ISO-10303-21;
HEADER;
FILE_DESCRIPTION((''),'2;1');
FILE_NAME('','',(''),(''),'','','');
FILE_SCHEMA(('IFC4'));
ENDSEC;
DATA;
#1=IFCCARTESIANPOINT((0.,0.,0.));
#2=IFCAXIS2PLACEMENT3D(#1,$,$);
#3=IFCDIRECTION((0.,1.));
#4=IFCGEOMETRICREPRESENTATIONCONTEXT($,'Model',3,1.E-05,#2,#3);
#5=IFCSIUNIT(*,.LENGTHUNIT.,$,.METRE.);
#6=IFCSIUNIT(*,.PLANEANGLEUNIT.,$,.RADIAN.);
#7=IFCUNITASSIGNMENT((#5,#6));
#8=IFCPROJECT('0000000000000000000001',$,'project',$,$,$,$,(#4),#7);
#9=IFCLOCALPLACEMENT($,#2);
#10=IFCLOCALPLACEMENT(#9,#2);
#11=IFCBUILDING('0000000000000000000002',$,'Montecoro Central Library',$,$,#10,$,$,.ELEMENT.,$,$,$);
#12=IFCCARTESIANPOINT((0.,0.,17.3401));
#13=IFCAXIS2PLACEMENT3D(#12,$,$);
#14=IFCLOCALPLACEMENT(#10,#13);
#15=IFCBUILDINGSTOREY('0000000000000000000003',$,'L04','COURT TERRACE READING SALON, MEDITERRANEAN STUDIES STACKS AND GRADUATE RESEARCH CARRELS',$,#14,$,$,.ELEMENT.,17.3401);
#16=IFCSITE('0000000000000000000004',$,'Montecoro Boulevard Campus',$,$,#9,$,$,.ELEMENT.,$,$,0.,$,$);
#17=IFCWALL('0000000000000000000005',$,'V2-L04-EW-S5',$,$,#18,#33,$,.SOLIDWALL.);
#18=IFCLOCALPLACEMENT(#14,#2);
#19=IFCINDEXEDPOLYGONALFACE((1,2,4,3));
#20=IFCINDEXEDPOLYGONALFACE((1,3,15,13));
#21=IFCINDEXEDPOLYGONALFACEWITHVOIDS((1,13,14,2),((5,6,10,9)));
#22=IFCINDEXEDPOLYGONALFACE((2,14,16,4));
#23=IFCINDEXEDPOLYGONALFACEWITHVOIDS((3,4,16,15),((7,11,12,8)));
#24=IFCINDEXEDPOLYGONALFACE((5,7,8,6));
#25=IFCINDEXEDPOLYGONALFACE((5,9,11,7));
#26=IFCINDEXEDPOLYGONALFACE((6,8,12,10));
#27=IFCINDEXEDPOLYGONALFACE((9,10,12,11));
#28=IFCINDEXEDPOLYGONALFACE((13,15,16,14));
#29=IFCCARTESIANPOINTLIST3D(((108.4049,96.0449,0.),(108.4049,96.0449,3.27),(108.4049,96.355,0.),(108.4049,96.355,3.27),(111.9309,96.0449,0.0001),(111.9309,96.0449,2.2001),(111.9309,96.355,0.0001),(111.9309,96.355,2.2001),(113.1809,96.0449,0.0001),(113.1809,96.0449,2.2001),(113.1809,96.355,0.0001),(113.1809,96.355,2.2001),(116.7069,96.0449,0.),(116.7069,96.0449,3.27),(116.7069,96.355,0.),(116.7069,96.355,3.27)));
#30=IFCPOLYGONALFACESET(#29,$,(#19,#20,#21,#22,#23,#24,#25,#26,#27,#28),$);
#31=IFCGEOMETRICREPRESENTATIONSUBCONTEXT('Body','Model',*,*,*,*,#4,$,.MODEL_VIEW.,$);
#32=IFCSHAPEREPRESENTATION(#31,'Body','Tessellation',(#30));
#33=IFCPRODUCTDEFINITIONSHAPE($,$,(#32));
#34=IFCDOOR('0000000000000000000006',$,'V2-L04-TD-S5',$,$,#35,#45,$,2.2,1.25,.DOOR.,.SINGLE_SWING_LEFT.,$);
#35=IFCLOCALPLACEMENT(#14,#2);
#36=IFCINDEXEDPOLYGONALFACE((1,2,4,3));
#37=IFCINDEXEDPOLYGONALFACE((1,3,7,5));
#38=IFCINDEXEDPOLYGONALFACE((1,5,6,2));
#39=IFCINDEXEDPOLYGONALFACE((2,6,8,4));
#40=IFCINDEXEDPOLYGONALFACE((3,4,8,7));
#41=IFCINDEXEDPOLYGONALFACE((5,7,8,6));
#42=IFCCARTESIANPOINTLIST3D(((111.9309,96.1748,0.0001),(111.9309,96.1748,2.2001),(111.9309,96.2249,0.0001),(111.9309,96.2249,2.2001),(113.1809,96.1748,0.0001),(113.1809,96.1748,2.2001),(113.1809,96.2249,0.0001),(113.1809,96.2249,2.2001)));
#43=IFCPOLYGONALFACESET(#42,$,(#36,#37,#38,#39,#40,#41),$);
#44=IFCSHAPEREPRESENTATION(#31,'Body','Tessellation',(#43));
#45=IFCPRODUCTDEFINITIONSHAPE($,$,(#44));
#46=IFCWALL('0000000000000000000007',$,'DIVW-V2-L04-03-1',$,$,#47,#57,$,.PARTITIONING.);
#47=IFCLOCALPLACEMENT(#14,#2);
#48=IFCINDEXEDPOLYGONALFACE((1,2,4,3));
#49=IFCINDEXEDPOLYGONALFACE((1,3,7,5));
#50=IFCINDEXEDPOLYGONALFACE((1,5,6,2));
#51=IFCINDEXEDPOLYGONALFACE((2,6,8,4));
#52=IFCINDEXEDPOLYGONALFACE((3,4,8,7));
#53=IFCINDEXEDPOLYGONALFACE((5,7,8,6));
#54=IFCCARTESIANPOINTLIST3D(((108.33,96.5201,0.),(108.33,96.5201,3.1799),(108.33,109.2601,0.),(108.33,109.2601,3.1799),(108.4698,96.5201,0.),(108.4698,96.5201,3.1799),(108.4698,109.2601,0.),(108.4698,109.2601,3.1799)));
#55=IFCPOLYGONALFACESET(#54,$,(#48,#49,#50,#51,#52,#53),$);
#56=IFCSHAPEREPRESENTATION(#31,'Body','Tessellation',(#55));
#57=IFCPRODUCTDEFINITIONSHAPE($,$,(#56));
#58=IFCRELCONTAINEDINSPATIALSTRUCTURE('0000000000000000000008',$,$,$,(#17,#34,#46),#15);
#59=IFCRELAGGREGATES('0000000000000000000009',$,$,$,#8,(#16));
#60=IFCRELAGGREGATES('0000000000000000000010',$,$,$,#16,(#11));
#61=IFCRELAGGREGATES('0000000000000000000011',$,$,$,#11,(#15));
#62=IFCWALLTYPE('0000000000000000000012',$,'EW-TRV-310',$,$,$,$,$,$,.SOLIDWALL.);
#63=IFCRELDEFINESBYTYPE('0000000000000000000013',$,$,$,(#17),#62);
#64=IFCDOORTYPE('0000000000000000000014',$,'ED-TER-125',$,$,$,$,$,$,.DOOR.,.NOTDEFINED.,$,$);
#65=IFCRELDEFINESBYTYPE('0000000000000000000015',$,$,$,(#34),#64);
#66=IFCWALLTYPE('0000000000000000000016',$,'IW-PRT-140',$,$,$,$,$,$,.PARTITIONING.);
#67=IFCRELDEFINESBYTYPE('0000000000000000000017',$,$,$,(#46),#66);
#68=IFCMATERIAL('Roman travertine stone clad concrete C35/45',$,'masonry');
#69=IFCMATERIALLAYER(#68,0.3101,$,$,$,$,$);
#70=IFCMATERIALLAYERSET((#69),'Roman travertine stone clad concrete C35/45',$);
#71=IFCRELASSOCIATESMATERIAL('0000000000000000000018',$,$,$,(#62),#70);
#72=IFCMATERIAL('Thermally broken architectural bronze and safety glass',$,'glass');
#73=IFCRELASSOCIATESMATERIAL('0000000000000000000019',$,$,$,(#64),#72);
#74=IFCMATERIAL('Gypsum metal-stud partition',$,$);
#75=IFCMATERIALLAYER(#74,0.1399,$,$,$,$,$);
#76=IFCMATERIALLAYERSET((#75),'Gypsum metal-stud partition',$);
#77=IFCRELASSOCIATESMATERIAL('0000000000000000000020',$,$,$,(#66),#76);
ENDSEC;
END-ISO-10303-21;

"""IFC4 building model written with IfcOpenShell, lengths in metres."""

from ifc_helpers import new_model, si_unit, direction, frame, frame_2d, origin, place, context, subcontext, project, spatial, rectangle, extrude, material, layer, layer_set, type_object, element, fill, save


model = new_model("IFC4")

# Units and contexts
model_context = context("Model", 3, precision=1e-05, world=origin(), true_north=direction((0.0, 1.0)))
body_context = subcontext(model_context, "Body", "Model", "MODEL_VIEW")
ifc_project = project(units=[si_unit("LENGTHUNIT", "METRE"), si_unit("PLANEANGLEUNIT", "RADIAN")], contexts=[model_context])

# Site, building, storey
site_placement = place(None, origin())
site = spatial("IfcSite", under=ifc_project, at=site_placement, Name="Montecoro Boulevard Campus", CompositionType="ELEMENT", RefElevation=0.0)
building_placement = place(site_placement, origin())
building = spatial("IfcBuilding", under=site, at=building_placement, Name="Montecoro Central Library", CompositionType="ELEMENT")
storey_placement = place(building_placement, frame((0.0, 0.0, 17.3401)))
storey = spatial("IfcBuildingStorey", under=building, at=storey_placement, Name="L04", Description="COURT TERRACE READING SALON, MEDITERRANEAN STUDIES STACKS AND GRADUATE RESEARCH CARRELS", CompositionType="ELEMENT", Elevation=17.3401)

# Wall, opening, door
ifc_material_1 = material(Name="Roman travertine stone clad concrete C35/45", Category="masonry")
ifc_layer_1 = layer(ifc_material_1, 0.3101)
ifc_layer_set_1 = layer_set([ifc_layer_1], Name="Roman travertine stone clad concrete C35/45")
wall_type_1 = type_object("IfcWallType", Name="EW-TRV-310", PredefinedType="SOLIDWALL", material=ifc_layer_set_1)
wall_1_placement = place(storey_placement, frame((108.405, 96.2, 0.0), z_axis=(0.0, 0.0, 1.0), x_axis=(1.0, 0.0, 0.0)))
wall_1 = element("IfcWall", 1, at=wall_1_placement, inside=storey, type_object=wall_type_1, Name="V2-L04-EW-S5", PredefinedType="SOLIDWALL", context=body_context, shape_type="SweptSolid", body=[
    extrude(rectangle(XDim=8.302, YDim=0.3101, at=frame_2d((4.1509, 0.0))), origin(), (0.0, 0.0, 1.0), 3.27),
])
opening_placement = place(wall_1_placement, frame((3.5259, 0.0, 0.0)))
opening = element("IfcOpeningElement", 2, at=opening_placement, cuts=wall_1, PredefinedType="OPENING", context=body_context, shape_type="SweptSolid", body=[
    extrude(rectangle(XDim=1.25, YDim=2.2, at=frame_2d((0.625, 1.1001))), frame((0.0, 0.165, 0.0), z_axis=(0.0, -1.0, 0.0), x_axis=(1.0, 0.0, 0.0)), (0.0, 0.0, 1.0), 0.3301),
])
ifc_material_2 = material(Name="Thermally broken architectural bronze and safety glass", Category="glass")
door_type = type_object("IfcDoorType", Name="ED-TER-125", OperationType="NOTDEFINED", PredefinedType="DOOR", material=ifc_material_2)
door_placement = place(opening_placement, origin())
door = element("IfcDoor", 3, at=door_placement, inside=storey, type_object=door_type, Name="V2-L04-TD-S5", OperationType="SINGLE_SWING_LEFT", OverallHeight=2.2, OverallWidth=1.25, PredefinedType="DOOR", context=body_context, shape_type="SweptSolid", body=[
    extrude(rectangle(XDim=1.25, YDim=2.2, at=frame_2d((0.625, 1.1001))), frame((0.0, 0.0249, 0.0), z_axis=(0.0, -1.0, 0.0), x_axis=(1.0, 0.0, 0.0)), (0.0, 0.0, 1.0), 0.05),
])
fill(opening, door)

# Wall
ifc_material_3 = material(Name="Gypsum metal-stud partition")
ifc_layer_2 = layer(ifc_material_3, 0.1399)
ifc_layer_set_2 = layer_set([ifc_layer_2], Name="Gypsum metal-stud partition")
wall_type_2 = type_object("IfcWallType", Name="IW-PRT-140", PredefinedType="PARTITIONING", material=ifc_layer_set_2)
wall_2_placement = place(storey_placement, frame((108.3999, 96.52, 0.0), z_axis=(0.0, 0.0, 1.0), x_axis=(0.0, 1.0, 0.0)))
element("IfcWall", 4, at=wall_2_placement, inside=storey, type_object=wall_type_2, Name="DIVW-V2-L04-03-1", PredefinedType="PARTITIONING", context=body_context, shape_type="SweptSolid", body=[
    extrude(rectangle(XDim=12.74, YDim=0.1399, at=frame_2d((6.3701, 0.0))), origin(), (0.0, 0.0, 1.0), 3.1799),
])

save(model, "model.ifc")
